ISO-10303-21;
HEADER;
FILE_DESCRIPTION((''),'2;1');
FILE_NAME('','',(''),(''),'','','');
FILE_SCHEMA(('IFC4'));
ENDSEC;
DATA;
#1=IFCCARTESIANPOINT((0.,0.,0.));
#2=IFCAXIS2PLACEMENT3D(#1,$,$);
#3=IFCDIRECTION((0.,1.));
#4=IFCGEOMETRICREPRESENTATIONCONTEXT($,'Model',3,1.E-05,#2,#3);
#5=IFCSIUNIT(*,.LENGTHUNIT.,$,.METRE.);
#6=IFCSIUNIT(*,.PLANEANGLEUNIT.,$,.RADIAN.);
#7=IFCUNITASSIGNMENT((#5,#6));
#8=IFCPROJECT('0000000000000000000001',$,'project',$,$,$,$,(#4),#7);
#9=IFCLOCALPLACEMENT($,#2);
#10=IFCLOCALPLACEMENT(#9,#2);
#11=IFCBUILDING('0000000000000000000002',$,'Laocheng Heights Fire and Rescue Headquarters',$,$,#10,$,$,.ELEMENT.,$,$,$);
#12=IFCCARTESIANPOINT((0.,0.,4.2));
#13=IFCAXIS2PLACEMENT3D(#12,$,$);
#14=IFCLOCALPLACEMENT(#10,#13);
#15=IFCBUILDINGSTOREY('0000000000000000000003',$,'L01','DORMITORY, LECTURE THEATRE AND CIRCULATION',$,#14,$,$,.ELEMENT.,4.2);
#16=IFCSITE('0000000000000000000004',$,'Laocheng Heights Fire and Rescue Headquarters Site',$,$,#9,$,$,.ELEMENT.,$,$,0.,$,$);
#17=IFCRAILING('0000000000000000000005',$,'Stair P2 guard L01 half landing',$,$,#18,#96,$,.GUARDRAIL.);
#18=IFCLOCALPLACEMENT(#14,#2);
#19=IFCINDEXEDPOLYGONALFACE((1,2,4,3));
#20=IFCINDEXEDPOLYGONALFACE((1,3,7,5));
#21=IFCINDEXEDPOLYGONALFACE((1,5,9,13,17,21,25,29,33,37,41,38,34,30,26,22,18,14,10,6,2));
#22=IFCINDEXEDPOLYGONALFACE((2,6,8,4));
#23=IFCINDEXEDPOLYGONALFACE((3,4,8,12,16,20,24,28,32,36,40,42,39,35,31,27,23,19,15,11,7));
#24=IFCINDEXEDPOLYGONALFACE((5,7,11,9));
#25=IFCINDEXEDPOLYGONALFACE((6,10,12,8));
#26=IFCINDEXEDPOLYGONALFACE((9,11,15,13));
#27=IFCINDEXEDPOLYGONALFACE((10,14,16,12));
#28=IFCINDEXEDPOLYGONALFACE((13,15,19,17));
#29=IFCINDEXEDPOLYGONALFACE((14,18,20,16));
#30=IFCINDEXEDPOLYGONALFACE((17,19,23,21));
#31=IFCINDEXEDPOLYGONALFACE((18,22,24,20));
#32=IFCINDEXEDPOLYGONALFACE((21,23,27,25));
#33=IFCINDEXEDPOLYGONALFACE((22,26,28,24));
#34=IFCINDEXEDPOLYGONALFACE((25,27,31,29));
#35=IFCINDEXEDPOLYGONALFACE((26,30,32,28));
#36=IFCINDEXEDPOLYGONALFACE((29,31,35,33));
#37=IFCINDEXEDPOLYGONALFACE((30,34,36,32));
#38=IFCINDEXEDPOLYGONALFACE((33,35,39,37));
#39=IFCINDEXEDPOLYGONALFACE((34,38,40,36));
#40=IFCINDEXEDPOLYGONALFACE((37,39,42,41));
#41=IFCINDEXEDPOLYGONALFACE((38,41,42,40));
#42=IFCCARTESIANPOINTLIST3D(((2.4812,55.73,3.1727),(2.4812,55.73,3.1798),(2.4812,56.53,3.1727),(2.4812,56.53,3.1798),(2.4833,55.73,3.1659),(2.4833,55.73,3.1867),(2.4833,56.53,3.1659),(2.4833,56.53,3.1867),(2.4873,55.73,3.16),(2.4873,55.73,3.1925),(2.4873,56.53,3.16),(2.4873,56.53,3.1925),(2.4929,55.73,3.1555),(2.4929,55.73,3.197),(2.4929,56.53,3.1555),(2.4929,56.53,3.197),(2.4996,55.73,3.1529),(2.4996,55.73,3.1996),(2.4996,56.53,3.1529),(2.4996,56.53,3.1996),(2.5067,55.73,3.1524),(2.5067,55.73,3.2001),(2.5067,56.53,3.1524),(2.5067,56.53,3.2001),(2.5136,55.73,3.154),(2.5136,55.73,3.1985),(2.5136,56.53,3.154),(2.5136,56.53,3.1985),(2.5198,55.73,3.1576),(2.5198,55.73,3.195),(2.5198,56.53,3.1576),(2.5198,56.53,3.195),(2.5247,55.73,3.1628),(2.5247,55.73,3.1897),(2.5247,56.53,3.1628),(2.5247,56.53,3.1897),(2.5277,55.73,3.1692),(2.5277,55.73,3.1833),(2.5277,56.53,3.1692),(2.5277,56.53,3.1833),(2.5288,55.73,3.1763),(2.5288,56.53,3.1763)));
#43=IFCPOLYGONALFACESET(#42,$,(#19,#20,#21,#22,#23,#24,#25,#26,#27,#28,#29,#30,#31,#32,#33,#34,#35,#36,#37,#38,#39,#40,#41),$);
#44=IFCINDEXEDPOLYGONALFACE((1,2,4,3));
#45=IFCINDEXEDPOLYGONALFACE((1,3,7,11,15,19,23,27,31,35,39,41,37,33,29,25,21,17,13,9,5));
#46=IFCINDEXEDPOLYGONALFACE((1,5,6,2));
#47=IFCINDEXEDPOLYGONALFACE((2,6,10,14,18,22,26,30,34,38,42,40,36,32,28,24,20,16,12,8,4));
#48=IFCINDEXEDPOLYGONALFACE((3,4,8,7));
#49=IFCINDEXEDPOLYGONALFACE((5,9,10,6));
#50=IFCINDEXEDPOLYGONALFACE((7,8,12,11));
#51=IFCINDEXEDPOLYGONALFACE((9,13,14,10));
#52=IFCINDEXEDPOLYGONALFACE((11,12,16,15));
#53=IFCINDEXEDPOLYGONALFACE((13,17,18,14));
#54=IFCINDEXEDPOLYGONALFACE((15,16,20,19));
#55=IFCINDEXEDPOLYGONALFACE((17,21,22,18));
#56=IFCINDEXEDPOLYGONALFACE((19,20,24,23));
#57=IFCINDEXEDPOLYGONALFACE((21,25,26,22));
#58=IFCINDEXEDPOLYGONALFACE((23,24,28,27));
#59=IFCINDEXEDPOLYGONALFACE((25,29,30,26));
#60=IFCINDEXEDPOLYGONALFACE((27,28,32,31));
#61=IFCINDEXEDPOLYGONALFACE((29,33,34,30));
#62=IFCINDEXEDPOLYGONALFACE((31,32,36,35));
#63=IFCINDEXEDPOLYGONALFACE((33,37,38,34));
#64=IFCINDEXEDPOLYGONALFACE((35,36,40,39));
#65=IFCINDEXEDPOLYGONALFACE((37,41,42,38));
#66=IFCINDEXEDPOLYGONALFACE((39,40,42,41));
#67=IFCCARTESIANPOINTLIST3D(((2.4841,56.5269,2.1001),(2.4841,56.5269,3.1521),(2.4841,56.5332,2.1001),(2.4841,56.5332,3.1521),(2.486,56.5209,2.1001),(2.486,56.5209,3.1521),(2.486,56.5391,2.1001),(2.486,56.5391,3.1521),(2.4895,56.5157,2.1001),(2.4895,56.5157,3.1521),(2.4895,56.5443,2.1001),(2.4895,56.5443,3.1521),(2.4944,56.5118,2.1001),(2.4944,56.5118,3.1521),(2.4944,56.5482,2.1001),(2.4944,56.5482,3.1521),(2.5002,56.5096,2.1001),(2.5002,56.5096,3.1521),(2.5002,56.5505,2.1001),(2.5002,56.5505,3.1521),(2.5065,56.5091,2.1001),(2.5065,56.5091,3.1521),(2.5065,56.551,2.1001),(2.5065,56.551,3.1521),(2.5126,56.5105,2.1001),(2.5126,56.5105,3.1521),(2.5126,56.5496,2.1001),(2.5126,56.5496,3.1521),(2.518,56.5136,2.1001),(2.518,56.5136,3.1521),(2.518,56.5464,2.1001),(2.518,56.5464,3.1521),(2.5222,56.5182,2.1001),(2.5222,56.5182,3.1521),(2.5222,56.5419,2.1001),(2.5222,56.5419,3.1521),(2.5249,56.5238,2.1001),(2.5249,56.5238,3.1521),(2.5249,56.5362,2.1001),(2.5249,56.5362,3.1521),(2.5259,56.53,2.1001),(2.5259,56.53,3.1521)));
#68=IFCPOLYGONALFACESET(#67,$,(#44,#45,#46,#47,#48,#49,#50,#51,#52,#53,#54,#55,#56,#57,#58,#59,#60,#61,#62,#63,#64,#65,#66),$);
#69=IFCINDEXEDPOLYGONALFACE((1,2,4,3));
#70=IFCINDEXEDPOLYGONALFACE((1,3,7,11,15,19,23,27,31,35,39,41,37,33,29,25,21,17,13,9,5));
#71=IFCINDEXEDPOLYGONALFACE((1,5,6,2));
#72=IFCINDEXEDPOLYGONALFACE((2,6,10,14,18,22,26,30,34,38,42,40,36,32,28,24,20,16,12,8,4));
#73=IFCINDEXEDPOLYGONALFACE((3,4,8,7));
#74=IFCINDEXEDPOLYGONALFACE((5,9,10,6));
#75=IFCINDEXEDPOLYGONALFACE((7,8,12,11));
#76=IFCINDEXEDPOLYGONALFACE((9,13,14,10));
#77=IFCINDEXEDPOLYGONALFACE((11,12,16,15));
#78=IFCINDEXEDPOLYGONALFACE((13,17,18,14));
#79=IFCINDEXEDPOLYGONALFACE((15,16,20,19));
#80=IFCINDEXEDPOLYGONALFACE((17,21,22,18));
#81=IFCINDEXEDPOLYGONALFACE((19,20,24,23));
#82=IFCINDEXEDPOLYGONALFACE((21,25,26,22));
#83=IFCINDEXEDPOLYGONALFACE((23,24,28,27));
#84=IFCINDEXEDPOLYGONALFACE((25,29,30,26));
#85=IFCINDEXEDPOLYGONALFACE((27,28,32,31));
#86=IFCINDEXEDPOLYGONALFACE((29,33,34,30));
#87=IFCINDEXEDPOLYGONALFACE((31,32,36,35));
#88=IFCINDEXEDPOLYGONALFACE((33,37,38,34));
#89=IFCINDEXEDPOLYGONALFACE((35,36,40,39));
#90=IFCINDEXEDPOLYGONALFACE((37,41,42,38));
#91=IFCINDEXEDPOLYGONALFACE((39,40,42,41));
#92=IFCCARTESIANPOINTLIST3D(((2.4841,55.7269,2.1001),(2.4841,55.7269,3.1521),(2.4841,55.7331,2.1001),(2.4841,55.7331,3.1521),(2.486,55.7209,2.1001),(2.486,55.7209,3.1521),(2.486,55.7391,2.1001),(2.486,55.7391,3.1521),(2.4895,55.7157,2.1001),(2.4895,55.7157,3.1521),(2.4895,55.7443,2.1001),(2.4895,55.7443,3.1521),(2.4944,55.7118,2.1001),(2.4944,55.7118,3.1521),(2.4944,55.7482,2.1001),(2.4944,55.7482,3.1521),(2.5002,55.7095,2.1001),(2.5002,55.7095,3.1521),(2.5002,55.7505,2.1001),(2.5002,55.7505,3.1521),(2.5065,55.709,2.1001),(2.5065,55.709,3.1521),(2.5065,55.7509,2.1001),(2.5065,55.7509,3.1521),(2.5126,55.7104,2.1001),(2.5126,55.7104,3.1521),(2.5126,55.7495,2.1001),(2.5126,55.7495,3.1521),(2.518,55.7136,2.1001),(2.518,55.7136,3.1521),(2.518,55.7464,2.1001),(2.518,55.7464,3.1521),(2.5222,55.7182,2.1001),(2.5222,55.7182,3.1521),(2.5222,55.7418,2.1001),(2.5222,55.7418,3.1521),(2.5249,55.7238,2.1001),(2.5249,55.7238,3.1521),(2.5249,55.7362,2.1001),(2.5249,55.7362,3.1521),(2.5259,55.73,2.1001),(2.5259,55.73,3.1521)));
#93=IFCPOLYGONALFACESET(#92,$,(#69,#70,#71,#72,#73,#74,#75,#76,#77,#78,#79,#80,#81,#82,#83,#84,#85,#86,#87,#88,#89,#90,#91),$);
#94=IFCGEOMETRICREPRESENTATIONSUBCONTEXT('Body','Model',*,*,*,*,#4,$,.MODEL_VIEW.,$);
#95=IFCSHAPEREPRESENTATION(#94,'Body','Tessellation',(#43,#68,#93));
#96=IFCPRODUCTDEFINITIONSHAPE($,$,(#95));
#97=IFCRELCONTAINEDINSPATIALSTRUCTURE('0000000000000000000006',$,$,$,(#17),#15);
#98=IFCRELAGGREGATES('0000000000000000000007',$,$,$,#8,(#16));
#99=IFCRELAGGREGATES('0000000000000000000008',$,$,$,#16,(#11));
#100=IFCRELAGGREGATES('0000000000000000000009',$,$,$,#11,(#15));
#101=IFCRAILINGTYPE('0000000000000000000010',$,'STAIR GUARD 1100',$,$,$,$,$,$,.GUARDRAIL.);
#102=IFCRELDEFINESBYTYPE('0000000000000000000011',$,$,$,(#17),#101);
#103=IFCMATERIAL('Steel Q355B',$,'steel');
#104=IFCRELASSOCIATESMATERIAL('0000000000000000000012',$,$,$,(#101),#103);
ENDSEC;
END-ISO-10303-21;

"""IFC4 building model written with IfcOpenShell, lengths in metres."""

from ifc_helpers import new_model, si_unit, direction, frame, origin, origin_2d, place, context, subcontext, project, spatial, circle, extrude, material, type_object, element, save


model = new_model("IFC4")

# Units and contexts
model_context = context("Model", 3, precision=1e-05, world=origin(), true_north=direction((0.0, 1.0)))
body_context = subcontext(model_context, "Body", "Model", "MODEL_VIEW")
ifc_project = project(units=[si_unit("LENGTHUNIT", "METRE"), si_unit("PLANEANGLEUNIT", "RADIAN")], contexts=[model_context])

# Site, building, storey
site_placement = place(None, origin())
site = spatial("IfcSite", under=ifc_project, at=site_placement, Name="Laocheng Heights Fire and Rescue Headquarters Site", CompositionType="ELEMENT", RefElevation=0.0)
building_placement = place(site_placement, origin())
building = spatial("IfcBuilding", under=site, at=building_placement, Name="Laocheng Heights Fire and Rescue Headquarters", CompositionType="ELEMENT")
storey_placement = place(building_placement, frame((0.0, 0.0, 4.2)))
storey = spatial("IfcBuildingStorey", under=building, at=storey_placement, Name="L01", Description="DORMITORY, LECTURE THEATRE AND CIRCULATION", CompositionType="ELEMENT", Elevation=4.2)

# Railing
ifc_material_1 = material(Name="Steel Q355B", Category="steel")
railing_type_1 = type_object("IfcRailingType", Name="STAIR GUARD 1100", PredefinedType="GUARDRAIL", material=ifc_material_1)
railing_1_placement = place(storey_placement, frame((2.5049, 56.53, 2.1001)))
element("IfcRailing", 1, at=railing_1_placement, inside=storey, type_object=railing_type_1, Name="Stair P2 guard L01 half landing", PredefinedType="GUARDRAIL", context=body_context, shape_type="SweptSolid", body=[
    extrude(circle(Radius=0.0239, at=origin_2d()), frame((0.0, 0.0, 1.0762), z_axis=(0.0, -1.0, 0.0), x_axis=(1.0, 0.0, 0.0)), (0.0, 0.0, 1.0), 0.8),
    extrude(circle(Radius=0.021, at=origin_2d()), origin(), (0.0, 0.0, 1.0), 1.052),
    extrude(circle(Radius=0.021, at=origin_2d()), frame((0.0, -0.8, 0.0)), (0.0, 0.0, 1.0), 1.052),
])

save(model, "model.ifc")
